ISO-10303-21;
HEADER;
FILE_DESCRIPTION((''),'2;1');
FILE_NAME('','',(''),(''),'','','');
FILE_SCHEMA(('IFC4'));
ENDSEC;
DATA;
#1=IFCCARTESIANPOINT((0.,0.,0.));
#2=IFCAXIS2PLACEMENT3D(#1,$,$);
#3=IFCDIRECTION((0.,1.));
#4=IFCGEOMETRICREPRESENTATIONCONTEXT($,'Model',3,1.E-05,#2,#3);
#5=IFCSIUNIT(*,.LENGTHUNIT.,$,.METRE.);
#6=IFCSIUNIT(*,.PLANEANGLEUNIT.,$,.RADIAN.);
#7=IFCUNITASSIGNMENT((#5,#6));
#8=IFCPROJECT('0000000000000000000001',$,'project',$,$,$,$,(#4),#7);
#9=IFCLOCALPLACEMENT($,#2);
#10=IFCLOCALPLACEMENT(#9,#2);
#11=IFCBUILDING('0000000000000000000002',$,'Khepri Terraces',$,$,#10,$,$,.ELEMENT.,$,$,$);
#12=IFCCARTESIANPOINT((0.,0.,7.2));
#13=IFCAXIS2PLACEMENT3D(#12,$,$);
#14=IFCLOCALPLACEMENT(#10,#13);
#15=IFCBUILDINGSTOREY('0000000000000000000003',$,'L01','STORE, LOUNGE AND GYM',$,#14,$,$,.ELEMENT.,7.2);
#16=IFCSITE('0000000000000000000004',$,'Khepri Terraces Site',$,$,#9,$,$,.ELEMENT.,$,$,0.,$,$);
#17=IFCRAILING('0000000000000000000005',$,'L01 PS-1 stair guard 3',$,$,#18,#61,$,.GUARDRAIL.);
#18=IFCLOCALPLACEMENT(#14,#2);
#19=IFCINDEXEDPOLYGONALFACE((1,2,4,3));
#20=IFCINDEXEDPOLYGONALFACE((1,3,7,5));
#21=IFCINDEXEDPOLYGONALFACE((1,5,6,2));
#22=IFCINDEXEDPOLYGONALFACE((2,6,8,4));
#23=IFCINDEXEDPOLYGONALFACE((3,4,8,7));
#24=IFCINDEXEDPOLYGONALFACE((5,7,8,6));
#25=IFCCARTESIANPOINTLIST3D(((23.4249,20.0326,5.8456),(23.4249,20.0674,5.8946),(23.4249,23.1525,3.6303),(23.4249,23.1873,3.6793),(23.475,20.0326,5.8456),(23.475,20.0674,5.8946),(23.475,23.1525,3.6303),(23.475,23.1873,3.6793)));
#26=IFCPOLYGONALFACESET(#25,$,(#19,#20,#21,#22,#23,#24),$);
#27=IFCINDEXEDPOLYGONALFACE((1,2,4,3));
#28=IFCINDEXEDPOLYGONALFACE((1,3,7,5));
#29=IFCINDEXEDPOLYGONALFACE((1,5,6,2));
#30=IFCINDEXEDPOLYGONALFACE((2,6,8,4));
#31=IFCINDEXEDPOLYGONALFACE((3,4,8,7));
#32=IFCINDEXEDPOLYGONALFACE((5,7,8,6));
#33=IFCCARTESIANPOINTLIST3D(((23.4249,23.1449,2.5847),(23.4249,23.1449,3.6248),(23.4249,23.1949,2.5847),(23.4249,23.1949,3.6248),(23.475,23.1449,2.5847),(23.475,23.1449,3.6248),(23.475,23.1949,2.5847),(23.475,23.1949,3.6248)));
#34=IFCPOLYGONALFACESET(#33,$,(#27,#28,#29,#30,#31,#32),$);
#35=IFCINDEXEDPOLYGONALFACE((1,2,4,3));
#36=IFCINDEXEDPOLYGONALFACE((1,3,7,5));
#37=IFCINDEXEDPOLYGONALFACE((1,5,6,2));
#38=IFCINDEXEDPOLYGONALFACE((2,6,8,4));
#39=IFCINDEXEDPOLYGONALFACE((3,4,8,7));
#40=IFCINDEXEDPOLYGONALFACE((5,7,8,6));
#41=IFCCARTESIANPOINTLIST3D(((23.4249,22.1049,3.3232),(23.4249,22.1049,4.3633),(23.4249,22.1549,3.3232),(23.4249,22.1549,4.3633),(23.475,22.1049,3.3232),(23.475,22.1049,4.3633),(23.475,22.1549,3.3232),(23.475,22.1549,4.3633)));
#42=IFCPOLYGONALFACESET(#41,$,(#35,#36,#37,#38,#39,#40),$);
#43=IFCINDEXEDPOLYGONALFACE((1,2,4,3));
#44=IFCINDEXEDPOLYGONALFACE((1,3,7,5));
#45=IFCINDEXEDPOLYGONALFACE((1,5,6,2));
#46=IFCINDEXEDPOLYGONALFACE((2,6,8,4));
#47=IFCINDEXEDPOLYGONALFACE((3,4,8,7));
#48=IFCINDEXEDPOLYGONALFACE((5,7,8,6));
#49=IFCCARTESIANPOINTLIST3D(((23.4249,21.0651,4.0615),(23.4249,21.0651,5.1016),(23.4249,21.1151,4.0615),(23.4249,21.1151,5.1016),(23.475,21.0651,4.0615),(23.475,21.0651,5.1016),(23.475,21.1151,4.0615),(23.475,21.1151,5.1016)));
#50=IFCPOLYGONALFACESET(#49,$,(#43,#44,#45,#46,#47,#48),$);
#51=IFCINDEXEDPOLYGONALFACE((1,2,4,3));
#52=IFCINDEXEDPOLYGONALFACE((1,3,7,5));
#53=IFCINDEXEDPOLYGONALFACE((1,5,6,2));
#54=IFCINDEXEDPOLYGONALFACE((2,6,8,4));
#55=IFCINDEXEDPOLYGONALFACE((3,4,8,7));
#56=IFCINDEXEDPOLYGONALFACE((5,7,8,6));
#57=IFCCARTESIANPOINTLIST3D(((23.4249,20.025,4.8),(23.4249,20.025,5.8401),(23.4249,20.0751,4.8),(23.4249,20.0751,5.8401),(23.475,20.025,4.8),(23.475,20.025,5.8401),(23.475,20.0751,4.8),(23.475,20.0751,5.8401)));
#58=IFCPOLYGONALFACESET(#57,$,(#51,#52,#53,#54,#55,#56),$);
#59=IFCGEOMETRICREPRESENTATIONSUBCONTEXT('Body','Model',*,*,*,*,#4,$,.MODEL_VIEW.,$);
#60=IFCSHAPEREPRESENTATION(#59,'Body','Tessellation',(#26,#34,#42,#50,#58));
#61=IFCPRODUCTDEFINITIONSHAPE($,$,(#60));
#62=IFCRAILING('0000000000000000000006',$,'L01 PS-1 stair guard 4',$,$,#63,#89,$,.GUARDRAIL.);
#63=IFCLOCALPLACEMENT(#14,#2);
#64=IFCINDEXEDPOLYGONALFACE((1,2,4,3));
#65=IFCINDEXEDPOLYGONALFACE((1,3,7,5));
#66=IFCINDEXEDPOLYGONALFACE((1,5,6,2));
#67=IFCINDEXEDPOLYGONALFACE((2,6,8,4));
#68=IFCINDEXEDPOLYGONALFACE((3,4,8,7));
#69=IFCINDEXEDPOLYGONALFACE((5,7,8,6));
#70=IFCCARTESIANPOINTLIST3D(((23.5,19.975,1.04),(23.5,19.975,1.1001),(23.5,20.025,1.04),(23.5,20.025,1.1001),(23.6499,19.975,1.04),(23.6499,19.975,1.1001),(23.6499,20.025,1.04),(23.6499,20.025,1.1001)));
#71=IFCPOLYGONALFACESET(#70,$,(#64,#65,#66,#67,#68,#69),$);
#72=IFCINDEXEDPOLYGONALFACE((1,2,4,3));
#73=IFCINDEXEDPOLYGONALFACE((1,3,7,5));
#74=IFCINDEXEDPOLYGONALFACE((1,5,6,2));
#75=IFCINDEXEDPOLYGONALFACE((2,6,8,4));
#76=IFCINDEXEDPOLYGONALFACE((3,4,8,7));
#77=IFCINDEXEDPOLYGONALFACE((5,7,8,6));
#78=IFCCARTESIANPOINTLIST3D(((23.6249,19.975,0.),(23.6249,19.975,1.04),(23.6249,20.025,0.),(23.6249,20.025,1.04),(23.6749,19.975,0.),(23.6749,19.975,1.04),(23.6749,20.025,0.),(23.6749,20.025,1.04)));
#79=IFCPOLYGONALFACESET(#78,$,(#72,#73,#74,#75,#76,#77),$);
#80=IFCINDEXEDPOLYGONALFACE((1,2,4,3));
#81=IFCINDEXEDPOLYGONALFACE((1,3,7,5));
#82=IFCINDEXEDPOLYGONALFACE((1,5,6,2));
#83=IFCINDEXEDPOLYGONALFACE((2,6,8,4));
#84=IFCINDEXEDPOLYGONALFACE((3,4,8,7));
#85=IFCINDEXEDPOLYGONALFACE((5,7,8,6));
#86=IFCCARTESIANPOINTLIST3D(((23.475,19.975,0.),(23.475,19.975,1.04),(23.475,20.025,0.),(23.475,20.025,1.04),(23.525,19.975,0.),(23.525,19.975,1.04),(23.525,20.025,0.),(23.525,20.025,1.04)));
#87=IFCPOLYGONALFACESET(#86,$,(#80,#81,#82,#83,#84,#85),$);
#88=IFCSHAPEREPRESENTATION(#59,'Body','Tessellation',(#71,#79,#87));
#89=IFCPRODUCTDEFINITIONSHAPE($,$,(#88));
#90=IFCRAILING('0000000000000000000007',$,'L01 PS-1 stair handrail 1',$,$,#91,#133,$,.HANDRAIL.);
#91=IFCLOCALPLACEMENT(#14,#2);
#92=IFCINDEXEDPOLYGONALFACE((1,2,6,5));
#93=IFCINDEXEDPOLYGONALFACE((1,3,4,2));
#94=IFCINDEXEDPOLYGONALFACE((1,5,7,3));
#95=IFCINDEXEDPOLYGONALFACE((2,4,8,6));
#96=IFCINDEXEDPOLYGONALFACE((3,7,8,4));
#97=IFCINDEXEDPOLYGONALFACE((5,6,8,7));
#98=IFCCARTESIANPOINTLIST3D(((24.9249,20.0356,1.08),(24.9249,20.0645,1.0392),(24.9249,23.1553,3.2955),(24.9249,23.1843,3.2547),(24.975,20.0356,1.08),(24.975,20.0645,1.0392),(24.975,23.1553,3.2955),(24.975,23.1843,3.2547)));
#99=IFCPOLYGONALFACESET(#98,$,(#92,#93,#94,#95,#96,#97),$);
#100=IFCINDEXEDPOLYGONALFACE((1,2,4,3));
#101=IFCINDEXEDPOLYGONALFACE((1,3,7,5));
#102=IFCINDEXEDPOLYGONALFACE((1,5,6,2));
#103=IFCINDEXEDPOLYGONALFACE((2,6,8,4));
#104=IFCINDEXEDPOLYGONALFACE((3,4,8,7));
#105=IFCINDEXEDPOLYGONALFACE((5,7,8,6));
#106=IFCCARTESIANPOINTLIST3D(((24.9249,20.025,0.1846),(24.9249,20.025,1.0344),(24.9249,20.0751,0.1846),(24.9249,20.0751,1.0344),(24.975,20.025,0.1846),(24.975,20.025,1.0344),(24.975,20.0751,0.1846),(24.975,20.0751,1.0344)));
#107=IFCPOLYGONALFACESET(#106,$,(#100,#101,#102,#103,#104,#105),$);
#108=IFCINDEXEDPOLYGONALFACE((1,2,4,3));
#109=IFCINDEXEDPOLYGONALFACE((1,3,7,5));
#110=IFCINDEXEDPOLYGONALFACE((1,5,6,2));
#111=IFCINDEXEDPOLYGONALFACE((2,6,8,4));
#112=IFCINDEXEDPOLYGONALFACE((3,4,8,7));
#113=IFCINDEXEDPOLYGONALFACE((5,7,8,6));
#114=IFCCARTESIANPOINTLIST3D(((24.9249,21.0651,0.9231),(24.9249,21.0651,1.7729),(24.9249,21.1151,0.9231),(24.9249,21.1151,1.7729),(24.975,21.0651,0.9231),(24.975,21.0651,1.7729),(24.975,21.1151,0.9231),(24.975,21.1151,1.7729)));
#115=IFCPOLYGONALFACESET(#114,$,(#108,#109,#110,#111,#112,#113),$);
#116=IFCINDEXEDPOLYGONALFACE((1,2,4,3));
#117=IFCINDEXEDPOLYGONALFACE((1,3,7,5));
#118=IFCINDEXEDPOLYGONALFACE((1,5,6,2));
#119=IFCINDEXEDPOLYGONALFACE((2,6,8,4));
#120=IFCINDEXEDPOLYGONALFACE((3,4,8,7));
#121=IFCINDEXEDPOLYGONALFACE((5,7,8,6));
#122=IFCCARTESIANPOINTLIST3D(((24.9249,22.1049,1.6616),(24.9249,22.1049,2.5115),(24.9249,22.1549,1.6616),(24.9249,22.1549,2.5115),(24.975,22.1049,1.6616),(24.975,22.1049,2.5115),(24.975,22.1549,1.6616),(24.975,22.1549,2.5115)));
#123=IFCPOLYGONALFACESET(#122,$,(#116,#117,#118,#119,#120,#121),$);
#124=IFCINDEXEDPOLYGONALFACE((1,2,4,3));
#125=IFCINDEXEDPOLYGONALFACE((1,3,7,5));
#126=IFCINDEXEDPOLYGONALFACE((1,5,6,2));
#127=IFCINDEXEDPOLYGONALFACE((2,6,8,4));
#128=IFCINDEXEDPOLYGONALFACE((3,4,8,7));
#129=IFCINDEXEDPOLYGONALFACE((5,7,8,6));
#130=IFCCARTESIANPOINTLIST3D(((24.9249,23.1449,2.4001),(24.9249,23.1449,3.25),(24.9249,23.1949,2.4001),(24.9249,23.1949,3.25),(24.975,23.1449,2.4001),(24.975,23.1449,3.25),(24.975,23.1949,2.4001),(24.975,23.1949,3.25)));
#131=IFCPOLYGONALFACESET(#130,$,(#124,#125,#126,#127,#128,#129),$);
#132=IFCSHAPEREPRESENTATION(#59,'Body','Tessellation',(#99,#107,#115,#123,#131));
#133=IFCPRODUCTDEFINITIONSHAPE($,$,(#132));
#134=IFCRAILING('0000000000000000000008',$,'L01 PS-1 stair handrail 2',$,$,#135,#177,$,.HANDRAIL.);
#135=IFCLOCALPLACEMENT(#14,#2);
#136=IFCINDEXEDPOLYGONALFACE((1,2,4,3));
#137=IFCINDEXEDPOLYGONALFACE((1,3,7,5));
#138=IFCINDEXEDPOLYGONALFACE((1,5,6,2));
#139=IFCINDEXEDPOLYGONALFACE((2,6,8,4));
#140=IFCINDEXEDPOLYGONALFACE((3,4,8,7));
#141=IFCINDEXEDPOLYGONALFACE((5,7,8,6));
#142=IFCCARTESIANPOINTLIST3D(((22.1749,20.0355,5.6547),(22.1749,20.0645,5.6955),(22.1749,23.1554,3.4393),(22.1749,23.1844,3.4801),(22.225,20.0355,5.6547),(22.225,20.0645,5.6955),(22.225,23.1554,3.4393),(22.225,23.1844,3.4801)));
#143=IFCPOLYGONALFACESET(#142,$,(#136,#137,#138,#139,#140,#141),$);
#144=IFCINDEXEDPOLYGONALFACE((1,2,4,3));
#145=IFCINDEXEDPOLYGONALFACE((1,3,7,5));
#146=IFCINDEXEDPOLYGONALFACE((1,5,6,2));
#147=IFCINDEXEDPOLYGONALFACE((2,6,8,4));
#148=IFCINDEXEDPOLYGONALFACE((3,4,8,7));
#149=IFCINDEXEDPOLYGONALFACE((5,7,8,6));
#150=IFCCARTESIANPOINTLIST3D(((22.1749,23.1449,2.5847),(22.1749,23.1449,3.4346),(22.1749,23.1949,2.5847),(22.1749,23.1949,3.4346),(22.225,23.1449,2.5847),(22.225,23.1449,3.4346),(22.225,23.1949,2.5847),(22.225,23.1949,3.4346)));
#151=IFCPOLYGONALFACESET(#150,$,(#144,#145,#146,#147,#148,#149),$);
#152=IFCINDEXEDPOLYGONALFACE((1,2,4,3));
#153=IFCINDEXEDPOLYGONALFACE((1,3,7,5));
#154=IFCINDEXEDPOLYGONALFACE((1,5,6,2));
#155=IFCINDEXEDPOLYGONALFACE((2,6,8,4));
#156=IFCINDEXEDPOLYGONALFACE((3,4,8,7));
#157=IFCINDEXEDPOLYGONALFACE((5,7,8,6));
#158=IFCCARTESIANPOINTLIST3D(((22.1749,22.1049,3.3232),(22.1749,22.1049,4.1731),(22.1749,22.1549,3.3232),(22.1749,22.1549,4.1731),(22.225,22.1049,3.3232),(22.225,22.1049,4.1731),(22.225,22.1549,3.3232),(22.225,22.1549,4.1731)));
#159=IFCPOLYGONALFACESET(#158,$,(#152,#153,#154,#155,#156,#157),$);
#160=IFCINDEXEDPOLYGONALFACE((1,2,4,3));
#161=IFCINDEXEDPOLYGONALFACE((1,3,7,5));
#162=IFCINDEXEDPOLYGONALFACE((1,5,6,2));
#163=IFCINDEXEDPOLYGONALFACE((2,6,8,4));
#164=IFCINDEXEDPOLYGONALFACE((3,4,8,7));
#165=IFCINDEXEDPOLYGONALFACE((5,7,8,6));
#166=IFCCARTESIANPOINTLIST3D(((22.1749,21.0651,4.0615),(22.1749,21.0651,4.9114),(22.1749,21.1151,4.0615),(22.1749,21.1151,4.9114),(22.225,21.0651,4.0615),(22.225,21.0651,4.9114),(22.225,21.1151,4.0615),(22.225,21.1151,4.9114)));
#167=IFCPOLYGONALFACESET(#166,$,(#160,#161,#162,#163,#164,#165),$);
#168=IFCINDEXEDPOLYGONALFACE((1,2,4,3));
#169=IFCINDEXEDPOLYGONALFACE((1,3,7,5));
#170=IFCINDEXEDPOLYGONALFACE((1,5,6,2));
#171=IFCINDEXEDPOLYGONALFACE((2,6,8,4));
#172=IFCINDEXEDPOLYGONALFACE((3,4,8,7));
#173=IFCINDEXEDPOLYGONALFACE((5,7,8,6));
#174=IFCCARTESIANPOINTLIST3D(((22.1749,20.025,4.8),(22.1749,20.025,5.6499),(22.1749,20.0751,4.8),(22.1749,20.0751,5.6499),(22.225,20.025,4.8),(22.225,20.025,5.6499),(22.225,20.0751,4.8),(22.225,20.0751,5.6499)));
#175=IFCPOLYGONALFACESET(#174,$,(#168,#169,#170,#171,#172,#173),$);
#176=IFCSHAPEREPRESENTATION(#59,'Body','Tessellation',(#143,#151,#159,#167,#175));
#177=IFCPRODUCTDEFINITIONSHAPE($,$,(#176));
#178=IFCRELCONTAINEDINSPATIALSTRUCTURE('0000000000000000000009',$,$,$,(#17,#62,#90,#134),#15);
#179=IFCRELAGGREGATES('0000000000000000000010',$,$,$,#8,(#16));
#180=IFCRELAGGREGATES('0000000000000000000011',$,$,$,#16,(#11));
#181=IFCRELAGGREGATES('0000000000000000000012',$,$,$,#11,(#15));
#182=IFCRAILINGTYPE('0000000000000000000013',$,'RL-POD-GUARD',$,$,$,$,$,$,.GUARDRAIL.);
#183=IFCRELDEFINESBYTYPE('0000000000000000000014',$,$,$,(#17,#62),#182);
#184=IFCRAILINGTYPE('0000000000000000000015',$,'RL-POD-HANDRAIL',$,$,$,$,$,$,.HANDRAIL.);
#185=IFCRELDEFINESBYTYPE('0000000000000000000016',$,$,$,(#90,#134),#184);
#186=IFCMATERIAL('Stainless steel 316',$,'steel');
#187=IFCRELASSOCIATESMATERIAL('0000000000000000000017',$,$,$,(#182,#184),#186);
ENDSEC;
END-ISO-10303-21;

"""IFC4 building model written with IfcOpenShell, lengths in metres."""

from ifc_helpers import new_model, si_unit, direction, frame, origin, origin_2d, place, context, subcontext, project, spatial, rectangle, extrude, material, type_object, element, save


model = new_model("IFC4")

# Units and contexts
model_context = context("Model", 3, precision=1e-05, world=origin(), true_north=direction((0.0, 1.0)))
body_context = subcontext(model_context, "Body", "Model", "MODEL_VIEW")
ifc_project = project(units=[si_unit("LENGTHUNIT", "METRE"), si_unit("PLANEANGLEUNIT", "RADIAN")], contexts=[model_context])

# Site, building, storey
site_placement = place(None, origin())
site = spatial("IfcSite", under=ifc_project, at=site_placement, Name="Khepri Terraces Site", CompositionType="ELEMENT", RefElevation=0.0)
building_placement = place(site_placement, origin())
building = spatial("IfcBuilding", under=site, at=building_placement, Name="Khepri Terraces", CompositionType="ELEMENT")
storey_placement = place(building_placement, frame((0.0, 0.0, 7.2)))
storey = spatial("IfcBuildingStorey", under=building, at=storey_placement, Name="L01", Description="STORE, LOUNGE AND GYM", CompositionType="ELEMENT", Elevation=7.2)

# Railings
ifc_material_1 = material(Name="Stainless steel 316", Category="steel")
railing_type_1 = type_object("IfcRailingType", Name="RL-POD-GUARD", PredefinedType="GUARDRAIL", material=ifc_material_1)
railing_1_placement = place(storey_placement, frame((23.45, 23.1699, 2.5847)))
element("IfcRailing", 1, at=railing_1_placement, inside=storey, type_object=railing_type_1, Name="L01 PS-1 stair guard 3", PredefinedType="GUARDRAIL", context=body_context, shape_type="SweptSolid", body=[
    extrude(rectangle(XDim=0.05, YDim=0.0601, at=origin_2d()), frame((0.0, 0.0, 1.0701), z_axis=(0.0, -0.815356, 0.578961), x_axis=(1.0, 0.0, 0.0)), (0.0, 0.0, 1.0), 3.8264),
    extrude(rectangle(XDim=0.05, YDim=0.05, at=origin_2d()), origin(), (0.0, 0.0, 1.0), 1.04),
    extrude(rectangle(XDim=0.05, YDim=0.05, at=origin_2d()), frame((0.0, -1.04, 0.7385)), (0.0, 0.0, 1.0), 1.04),
    extrude(rectangle(XDim=0.05, YDim=0.05, at=origin_2d()), frame((0.0, -2.0798, 1.4768)), (0.0, 0.0, 1.0), 1.04),
    extrude(rectangle(XDim=0.05, YDim=0.05, at=origin_2d()), frame((0.0, -3.1199, 2.2153)), (0.0, 0.0, 1.0), 1.04),
])
railing_2_placement = place(storey_placement, frame((23.6499, 20.0, 0.0)))
element("IfcRailing", 2, at=railing_2_placement, inside=storey, type_object=railing_type_1, Name="L01 PS-1 stair guard 4", PredefinedType="GUARDRAIL", context=body_context, shape_type="SweptSolid", body=[
    extrude(rectangle(XDim=0.05, YDim=0.0601, at=origin_2d()), frame((0.0, 0.0, 1.0701), z_axis=(-1.0, 0.0, 0.0), x_axis=(0.0, -1.0, 0.0)), (0.0, 0.0, 1.0), 0.1499),
    extrude(rectangle(XDim=0.05, YDim=0.05, at=origin_2d()), origin(), (0.0, 0.0, 1.0), 1.04),
    extrude(rectangle(XDim=0.05, YDim=0.05, at=origin_2d()), frame((-0.1499, 0.0, 0.0)), (0.0, 0.0, 1.0), 1.04),
])
railing_type_2 = type_object("IfcRailingType", Name="RL-POD-HANDRAIL", PredefinedType="HANDRAIL", material=ifc_material_1)
railing_3_placement = place(storey_placement, frame((24.95, 20.05, 0.1846)))
element("IfcRailing", 3, at=railing_3_placement, inside=storey, type_object=railing_type_2, Name="L01 PS-1 stair handrail 1", PredefinedType="HANDRAIL", context=body_context, shape_type="SweptSolid", body=[
    extrude(rectangle(XDim=0.05, YDim=0.05, at=origin_2d()), frame((0.0, 0.0, 0.875), z_axis=(0.0, 0.815325, 0.579003), x_axis=(-1.0, 0.0, 0.0)), (0.0, 0.0, 1.0), 3.8264),
    extrude(rectangle(XDim=0.05, YDim=0.05, at=origin_2d()), origin(), (0.0, 0.0, 1.0), 0.8499),
    extrude(rectangle(XDim=0.05, YDim=0.05, at=origin_2d()), frame((0.0, 1.04, 0.7385)), (0.0, 0.0, 1.0), 0.8499),
    extrude(rectangle(XDim=0.05, YDim=0.05, at=origin_2d()), frame((0.0, 2.0798, 1.4771)), (0.0, 0.0, 1.0), 0.8499),
    extrude(rectangle(XDim=0.05, YDim=0.05, at=origin_2d()), frame((0.0, 3.1199, 2.2156)), (0.0, 0.0, 1.0), 0.8499),
])
railing_4_placement = place(storey_placement, frame((22.2, 23.1699, 2.5847)))
element("IfcRailing", 4, at=railing_4_placement, inside=storey, type_object=railing_type_2, Name="L01 PS-1 stair handrail 2", PredefinedType="HANDRAIL", context=body_context, shape_type="SweptSolid", body=[
    extrude(rectangle(XDim=0.05, YDim=0.05, at=origin_2d()), frame((0.0, 0.0, 0.875), z_axis=(0.0, -0.815356, 0.578961), x_axis=(1.0, 0.0, 0.0)), (0.0, 0.0, 1.0), 3.8264),
    extrude(rectangle(XDim=0.05, YDim=0.05, at=origin_2d()), origin(), (0.0, 0.0, 1.0), 0.8499),
    extrude(rectangle(XDim=0.05, YDim=0.05, at=origin_2d()), frame((0.0, -1.04, 0.7385)), (0.0, 0.0, 1.0), 0.8499),
    extrude(rectangle(XDim=0.05, YDim=0.05, at=origin_2d()), frame((0.0, -2.0798, 1.4768)), (0.0, 0.0, 1.0), 0.8499),
    extrude(rectangle(XDim=0.05, YDim=0.05, at=origin_2d()), frame((0.0, -3.1199, 2.2153)), (0.0, 0.0, 1.0), 0.8499),
])

save(model, "model.ifc")
